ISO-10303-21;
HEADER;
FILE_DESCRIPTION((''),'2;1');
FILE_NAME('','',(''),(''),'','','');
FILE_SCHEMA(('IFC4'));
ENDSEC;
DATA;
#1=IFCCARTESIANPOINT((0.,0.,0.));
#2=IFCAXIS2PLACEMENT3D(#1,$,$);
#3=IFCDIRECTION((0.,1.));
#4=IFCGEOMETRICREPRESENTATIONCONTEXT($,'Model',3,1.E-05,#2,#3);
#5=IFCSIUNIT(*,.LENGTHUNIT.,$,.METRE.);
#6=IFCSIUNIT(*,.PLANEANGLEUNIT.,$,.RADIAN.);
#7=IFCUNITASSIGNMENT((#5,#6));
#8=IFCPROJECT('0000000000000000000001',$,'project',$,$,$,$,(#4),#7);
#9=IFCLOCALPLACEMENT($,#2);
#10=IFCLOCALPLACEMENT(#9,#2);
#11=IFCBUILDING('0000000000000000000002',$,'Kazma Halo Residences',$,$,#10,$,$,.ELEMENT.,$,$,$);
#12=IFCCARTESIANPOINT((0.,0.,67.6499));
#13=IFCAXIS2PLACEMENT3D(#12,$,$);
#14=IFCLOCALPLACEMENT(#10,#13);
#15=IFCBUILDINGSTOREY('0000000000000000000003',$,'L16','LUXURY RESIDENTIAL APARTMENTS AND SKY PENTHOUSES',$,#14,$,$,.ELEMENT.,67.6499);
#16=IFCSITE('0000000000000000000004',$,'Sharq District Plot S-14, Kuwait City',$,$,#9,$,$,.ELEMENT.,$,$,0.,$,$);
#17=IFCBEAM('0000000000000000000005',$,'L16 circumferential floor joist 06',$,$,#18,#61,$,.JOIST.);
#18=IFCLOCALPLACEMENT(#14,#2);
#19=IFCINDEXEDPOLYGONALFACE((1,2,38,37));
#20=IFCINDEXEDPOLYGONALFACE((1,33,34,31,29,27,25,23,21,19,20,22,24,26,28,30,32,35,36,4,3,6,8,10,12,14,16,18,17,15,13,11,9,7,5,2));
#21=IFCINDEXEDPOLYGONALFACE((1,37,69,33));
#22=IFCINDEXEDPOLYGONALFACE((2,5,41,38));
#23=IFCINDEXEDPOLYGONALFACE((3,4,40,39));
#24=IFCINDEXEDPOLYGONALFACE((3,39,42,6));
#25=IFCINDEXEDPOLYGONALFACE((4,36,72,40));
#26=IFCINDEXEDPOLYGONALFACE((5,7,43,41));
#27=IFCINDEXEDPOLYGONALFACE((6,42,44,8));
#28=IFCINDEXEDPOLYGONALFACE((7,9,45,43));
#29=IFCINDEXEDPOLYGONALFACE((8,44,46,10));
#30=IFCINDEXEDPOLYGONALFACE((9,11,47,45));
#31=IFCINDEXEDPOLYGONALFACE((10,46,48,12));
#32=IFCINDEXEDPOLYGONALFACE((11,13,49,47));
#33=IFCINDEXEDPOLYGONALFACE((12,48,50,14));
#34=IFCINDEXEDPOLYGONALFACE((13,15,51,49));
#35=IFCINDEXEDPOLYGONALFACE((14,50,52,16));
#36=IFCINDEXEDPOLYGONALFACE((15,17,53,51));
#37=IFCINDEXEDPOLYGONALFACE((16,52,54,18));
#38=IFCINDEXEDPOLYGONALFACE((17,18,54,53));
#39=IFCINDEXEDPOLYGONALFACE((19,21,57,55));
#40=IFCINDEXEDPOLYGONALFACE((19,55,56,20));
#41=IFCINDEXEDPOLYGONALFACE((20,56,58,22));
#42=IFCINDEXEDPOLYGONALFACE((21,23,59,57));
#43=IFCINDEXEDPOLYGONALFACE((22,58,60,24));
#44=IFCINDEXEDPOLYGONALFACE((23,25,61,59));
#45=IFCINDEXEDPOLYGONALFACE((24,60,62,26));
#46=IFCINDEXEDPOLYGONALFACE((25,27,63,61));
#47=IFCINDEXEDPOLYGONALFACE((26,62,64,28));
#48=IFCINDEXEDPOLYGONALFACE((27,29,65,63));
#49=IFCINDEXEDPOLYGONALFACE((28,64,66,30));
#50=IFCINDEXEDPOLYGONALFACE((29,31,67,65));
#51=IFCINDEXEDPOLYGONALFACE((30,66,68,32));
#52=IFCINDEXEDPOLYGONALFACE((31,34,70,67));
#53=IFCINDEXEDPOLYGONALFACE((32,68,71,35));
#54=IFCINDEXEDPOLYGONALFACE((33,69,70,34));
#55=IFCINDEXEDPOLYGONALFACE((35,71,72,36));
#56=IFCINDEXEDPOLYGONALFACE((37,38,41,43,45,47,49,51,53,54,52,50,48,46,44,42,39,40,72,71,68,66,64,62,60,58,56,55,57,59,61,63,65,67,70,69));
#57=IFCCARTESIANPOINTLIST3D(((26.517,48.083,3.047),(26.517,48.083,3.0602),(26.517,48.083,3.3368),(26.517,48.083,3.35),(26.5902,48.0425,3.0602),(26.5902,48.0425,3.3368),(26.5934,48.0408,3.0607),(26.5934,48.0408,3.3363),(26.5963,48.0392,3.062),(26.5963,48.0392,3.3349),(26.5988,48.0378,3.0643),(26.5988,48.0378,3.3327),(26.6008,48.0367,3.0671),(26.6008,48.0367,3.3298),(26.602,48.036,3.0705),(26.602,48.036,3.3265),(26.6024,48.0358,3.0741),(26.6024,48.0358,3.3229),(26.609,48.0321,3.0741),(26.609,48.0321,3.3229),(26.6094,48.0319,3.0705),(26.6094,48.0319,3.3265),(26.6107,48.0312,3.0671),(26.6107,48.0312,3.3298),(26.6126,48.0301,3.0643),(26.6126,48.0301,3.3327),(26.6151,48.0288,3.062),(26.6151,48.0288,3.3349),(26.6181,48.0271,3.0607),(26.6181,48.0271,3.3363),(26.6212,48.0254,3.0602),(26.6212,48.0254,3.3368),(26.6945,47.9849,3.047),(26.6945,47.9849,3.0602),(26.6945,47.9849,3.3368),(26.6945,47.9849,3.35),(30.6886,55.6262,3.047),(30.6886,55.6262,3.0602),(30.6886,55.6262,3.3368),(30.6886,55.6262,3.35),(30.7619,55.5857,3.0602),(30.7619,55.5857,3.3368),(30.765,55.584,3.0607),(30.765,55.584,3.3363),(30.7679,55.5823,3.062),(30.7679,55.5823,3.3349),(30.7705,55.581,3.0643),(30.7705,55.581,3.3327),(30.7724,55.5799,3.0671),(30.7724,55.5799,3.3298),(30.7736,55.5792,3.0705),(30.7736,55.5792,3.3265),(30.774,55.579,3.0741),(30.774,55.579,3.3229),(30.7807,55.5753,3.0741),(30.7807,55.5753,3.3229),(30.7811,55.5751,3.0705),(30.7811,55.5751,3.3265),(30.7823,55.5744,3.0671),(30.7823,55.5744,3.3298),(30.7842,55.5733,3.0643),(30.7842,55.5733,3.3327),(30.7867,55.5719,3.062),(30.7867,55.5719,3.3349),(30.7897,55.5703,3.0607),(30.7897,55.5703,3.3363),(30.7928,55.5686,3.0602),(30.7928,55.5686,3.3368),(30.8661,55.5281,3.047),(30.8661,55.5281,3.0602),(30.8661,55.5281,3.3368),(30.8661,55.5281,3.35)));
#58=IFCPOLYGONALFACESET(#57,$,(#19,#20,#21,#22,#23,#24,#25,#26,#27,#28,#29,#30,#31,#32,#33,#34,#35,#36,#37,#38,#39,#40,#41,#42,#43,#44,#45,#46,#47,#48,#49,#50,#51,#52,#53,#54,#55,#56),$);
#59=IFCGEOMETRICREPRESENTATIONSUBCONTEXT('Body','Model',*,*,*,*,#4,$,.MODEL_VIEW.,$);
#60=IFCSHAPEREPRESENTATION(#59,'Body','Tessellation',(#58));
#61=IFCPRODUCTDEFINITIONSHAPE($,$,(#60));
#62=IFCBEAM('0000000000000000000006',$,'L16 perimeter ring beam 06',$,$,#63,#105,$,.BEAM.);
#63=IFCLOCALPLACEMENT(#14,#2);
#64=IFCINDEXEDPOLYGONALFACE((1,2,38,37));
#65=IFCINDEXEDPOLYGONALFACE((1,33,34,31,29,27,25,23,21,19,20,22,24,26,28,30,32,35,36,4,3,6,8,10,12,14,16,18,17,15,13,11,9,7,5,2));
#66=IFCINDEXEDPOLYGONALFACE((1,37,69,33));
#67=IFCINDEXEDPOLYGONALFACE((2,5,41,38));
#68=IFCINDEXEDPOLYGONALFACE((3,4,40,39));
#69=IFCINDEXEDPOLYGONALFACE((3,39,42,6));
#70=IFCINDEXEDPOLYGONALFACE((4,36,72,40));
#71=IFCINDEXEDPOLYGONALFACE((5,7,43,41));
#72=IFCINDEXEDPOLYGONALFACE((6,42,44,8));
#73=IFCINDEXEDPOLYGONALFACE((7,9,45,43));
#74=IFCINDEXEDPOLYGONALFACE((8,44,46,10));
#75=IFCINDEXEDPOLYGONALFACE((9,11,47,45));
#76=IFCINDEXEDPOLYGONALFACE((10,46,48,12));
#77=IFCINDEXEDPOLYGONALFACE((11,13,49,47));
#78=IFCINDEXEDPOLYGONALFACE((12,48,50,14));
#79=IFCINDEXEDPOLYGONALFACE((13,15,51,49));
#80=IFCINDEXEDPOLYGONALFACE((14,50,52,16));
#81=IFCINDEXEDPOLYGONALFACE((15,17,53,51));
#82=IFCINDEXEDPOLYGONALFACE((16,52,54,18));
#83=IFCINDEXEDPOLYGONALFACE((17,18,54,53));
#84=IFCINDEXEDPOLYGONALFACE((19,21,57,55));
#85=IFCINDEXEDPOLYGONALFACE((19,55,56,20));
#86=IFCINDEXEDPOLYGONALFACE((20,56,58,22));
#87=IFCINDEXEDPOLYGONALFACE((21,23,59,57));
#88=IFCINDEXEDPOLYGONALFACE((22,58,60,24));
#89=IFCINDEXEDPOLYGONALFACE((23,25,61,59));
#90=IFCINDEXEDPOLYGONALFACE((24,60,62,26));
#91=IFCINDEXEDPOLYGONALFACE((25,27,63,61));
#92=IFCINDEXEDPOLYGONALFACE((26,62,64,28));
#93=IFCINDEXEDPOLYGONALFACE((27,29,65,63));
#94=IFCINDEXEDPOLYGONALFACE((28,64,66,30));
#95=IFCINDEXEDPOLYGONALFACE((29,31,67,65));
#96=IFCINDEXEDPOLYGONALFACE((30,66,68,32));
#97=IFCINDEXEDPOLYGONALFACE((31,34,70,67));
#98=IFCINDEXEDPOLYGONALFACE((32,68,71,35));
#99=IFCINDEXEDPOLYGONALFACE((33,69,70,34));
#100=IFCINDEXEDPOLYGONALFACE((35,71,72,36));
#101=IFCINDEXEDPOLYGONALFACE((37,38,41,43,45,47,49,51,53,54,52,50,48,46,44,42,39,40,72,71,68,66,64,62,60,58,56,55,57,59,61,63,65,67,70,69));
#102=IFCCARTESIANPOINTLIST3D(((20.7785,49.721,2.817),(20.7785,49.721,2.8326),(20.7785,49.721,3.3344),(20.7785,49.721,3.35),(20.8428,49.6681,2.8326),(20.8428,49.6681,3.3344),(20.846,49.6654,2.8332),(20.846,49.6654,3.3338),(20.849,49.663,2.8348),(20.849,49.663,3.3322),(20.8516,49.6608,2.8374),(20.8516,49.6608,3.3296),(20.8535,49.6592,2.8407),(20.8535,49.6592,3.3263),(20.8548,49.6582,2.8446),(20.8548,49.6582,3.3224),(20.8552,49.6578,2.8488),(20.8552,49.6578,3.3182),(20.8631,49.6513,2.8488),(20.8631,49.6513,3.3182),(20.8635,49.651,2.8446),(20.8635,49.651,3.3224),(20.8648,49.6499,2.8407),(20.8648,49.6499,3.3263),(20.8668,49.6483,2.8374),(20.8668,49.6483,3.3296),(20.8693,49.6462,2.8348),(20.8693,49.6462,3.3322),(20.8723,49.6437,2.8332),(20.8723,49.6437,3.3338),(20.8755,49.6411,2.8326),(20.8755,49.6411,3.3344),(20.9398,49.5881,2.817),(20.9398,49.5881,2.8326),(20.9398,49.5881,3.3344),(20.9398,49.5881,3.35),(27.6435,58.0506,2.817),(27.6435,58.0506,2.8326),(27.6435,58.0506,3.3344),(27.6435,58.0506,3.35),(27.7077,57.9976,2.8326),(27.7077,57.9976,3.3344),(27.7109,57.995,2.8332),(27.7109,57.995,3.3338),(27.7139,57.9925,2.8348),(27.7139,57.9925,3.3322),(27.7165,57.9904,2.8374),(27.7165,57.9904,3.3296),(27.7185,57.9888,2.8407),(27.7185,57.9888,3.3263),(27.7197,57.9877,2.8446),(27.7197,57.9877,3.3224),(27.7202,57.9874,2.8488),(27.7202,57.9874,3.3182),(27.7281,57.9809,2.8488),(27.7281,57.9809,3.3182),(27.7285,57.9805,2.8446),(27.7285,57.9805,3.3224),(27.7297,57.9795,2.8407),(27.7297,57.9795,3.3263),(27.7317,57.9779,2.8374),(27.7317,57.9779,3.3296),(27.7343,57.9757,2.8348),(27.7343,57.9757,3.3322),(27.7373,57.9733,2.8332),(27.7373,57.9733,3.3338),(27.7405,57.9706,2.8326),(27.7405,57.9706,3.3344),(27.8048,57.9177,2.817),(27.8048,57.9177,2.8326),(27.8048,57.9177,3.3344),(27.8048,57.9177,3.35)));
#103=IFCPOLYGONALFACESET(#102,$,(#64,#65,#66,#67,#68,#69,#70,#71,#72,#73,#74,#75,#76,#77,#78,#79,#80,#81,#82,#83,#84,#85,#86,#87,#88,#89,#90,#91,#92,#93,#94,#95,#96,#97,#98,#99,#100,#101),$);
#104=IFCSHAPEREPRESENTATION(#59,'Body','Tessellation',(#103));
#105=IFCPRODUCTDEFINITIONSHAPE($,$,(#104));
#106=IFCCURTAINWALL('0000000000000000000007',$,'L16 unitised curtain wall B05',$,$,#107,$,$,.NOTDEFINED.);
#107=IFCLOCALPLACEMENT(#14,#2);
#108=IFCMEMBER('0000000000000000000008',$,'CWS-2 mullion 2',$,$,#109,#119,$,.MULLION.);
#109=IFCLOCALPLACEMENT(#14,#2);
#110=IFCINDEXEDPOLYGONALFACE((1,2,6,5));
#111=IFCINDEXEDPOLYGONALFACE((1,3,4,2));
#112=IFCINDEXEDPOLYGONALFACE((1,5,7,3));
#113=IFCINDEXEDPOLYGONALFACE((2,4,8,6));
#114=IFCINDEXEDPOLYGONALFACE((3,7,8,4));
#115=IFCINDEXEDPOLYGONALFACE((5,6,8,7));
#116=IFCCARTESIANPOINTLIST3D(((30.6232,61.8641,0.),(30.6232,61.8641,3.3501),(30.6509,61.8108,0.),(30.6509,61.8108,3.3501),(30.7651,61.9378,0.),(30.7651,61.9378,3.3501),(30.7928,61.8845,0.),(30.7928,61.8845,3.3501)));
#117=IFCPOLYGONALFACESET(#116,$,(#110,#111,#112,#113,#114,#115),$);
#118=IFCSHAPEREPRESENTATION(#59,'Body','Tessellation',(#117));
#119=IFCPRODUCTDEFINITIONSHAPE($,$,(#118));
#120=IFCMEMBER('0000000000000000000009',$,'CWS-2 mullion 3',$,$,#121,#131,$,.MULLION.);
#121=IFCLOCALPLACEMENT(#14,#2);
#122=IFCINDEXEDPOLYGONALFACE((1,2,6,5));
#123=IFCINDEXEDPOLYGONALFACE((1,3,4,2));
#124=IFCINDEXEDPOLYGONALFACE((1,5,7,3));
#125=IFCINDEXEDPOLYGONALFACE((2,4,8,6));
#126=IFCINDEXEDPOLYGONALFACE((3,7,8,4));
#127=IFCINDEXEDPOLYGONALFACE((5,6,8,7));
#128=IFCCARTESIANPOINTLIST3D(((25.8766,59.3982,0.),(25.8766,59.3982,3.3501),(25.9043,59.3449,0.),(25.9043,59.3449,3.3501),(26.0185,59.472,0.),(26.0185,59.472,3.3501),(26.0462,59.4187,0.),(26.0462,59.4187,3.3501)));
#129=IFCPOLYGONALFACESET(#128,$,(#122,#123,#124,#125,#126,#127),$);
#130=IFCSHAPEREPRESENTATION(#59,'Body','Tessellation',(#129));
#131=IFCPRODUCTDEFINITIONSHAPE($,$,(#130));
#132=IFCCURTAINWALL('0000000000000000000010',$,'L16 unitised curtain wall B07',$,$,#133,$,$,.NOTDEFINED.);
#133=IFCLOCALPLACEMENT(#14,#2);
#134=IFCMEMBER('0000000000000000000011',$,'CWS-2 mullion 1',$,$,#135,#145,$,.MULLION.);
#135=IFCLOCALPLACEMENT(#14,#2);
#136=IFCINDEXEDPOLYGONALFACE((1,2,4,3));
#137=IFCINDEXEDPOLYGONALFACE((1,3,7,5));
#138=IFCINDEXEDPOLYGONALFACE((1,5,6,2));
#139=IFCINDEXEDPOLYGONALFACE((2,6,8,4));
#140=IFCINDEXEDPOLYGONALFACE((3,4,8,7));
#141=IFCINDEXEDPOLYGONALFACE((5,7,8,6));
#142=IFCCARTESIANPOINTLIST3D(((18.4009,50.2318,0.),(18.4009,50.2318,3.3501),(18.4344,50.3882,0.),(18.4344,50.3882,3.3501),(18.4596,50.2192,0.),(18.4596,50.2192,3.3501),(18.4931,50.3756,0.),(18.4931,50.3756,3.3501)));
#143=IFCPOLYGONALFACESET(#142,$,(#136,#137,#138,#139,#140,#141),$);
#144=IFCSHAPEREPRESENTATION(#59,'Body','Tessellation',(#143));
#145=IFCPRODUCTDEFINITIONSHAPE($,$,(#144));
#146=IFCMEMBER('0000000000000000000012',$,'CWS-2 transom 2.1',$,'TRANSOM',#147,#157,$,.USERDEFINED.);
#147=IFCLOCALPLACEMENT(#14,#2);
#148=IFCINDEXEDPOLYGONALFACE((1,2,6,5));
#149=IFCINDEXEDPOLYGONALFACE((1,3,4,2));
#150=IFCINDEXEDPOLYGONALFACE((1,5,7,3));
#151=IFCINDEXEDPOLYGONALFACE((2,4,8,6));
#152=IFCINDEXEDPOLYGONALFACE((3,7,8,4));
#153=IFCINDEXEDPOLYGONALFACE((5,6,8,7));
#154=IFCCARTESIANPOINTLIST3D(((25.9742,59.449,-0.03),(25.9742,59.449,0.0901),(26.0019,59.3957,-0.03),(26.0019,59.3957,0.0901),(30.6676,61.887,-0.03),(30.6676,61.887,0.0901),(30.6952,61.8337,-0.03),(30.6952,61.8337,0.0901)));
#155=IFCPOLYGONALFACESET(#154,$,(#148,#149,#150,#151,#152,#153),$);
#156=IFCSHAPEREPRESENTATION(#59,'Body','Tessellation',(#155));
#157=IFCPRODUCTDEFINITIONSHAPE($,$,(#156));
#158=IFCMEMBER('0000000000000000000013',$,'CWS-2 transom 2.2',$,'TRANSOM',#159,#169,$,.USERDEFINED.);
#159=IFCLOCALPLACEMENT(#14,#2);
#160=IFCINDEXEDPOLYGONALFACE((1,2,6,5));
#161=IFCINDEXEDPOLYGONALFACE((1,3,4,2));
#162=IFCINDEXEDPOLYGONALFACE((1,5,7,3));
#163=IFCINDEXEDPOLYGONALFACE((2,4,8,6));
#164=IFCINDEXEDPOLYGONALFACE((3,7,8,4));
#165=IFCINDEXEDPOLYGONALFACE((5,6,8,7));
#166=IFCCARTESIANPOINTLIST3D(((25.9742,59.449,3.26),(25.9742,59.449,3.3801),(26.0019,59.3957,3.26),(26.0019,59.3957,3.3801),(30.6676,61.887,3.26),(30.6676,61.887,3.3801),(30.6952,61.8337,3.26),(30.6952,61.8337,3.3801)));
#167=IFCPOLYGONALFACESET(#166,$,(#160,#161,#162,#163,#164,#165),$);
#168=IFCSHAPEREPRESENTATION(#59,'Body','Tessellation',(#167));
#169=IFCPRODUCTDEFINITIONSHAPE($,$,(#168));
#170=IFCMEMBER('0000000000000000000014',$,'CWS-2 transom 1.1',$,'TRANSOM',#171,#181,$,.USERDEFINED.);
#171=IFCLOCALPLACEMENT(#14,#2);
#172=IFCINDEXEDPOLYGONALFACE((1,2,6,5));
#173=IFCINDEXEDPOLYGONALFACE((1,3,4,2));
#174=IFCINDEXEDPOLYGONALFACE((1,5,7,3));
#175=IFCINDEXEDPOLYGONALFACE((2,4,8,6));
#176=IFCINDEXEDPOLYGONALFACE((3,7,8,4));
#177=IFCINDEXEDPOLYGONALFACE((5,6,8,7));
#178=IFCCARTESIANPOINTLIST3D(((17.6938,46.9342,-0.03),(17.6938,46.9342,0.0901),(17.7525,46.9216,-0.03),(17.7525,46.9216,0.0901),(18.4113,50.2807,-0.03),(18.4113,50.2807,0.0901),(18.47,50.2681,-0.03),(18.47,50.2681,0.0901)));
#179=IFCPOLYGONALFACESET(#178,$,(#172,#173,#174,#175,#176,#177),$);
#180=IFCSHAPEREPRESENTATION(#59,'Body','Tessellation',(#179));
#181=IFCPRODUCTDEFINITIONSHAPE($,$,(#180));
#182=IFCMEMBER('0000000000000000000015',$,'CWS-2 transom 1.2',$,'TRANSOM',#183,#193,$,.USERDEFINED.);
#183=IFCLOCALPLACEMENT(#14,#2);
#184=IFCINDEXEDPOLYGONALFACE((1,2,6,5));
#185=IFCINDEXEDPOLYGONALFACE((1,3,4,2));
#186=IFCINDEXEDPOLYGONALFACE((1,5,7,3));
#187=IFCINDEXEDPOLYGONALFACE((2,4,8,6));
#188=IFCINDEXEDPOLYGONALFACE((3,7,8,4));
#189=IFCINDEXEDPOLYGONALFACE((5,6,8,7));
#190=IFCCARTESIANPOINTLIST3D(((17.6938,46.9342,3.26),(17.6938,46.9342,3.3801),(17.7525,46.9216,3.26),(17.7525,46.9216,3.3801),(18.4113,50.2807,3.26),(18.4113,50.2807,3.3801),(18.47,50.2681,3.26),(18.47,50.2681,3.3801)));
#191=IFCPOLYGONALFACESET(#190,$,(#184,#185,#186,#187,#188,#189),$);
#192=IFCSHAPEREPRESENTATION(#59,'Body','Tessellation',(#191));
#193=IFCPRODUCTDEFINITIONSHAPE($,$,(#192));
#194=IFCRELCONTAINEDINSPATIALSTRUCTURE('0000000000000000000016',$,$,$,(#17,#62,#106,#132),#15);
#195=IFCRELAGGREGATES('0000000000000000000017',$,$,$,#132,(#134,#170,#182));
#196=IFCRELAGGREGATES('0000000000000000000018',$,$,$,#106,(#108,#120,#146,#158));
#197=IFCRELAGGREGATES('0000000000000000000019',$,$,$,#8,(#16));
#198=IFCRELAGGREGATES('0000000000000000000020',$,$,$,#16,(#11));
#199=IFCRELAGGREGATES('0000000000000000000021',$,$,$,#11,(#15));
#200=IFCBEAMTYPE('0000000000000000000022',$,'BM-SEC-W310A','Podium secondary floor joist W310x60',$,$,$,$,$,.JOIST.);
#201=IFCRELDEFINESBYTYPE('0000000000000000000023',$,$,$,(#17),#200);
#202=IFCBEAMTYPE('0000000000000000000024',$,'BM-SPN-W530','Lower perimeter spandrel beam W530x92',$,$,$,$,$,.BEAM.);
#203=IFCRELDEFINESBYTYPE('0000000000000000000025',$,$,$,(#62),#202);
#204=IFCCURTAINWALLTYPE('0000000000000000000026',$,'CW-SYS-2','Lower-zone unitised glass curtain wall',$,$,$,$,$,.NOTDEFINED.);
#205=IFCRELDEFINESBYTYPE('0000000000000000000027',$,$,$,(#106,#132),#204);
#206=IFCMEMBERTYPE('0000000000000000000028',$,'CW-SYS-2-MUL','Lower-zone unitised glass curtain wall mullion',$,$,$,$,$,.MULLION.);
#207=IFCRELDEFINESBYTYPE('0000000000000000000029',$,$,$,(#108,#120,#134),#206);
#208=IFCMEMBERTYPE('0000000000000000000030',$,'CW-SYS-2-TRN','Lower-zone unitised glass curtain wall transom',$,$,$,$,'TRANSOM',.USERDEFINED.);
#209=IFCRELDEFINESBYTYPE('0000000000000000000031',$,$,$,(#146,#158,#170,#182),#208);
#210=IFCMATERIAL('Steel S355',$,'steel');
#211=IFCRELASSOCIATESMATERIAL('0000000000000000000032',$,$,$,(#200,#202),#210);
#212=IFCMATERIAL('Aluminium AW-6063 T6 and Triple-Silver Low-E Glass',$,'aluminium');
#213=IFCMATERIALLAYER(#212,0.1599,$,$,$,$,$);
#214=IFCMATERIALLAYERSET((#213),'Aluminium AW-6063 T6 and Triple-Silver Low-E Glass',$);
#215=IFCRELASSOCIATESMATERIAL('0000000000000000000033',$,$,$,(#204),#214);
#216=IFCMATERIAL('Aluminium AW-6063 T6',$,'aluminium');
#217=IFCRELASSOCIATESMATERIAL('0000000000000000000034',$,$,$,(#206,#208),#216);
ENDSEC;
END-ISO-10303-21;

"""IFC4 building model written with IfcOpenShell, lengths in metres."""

from ifc_helpers import new_model, si_unit, direction, frame, origin, origin_2d, place, context, subcontext, project, spatial, rectangle, i_section, extrude, material, layer, layer_set, material_profile, profile_set, type_object, element, aggregate, save


model = new_model("IFC4")

# Units and contexts
model_context = context("Model", 3, precision=1e-05, world=origin(), true_north=direction((0.0, 1.0)))
body_context = subcontext(model_context, "Body", "Model", "MODEL_VIEW")
ifc_project = project(units=[si_unit("LENGTHUNIT", "METRE"), si_unit("PLANEANGLEUNIT", "RADIAN")], contexts=[model_context])

# Site, building, storey
site_placement = place(None, origin())
site = spatial("IfcSite", under=ifc_project, at=site_placement, Name="Sharq District Plot S-14, Kuwait City", CompositionType="ELEMENT", RefElevation=0.0)
building_placement = place(site_placement, origin())
building = spatial("IfcBuilding", under=site, at=building_placement, Name="Kazma Halo Residences", CompositionType="ELEMENT")
storey_placement = place(building_placement, frame((0.0, 0.0, 67.6499)))
storey = spatial("IfcBuildingStorey", under=building, at=storey_placement, Name="L16", Description="LUXURY RESIDENTIAL APARTMENTS AND SKY PENTHOUSES", CompositionType="ELEMENT", Elevation=67.6499)

# Beams
ifc_material_1 = material(Name="Steel S355", Category="steel")
ifc_material_profile_1 = material_profile(ifc_material_1, i_section(OverallWidth=0.2029, OverallDepth=0.303, WebThickness=0.0076, FlangeThickness=0.0132, FilletRadius=0.0139, at=origin_2d()), Name="W310x60")
ifc_profile_set_1 = profile_set([ifc_material_profile_1], Name="Steel S355")
beam_type_1 = type_object("IfcBeamType", Name="BM-SEC-W310A", Description="Podium secondary floor joist W310x60", PredefinedType="JOIST", material=ifc_profile_set_1)
beam_1_placement = place(storey_placement, frame((30.7773, 55.5771, 3.1985), z_axis=(-0.483954, -0.875094, 0.0), x_axis=(0.875094, -0.483954, 0.0)))
element("IfcBeam", 1, at=beam_1_placement, inside=storey, type_object=beam_type_1, Name="L16 circumferential floor joist 06", PredefinedType="JOIST", context=body_context, shape_type="SweptSolid", body=[
    extrude(i_section(OverallWidth=0.2029, OverallDepth=0.303, WebThickness=0.0076, FlangeThickness=0.0132, FilletRadius=0.0139, at=origin_2d()), origin(), (0.0, 0.0, 1.0), 8.6199),
])
ifc_material_profile_2 = material_profile(ifc_material_1, i_section(OverallWidth=0.209, OverallDepth=0.533, WebThickness=0.0103, FlangeThickness=0.0156, FilletRadius=0.0161, at=origin_2d()), Name="W530x92")
ifc_profile_set_2 = profile_set([ifc_material_profile_2], Name="Steel S355")
beam_type_2 = type_object("IfcBeamType", Name="BM-SPN-W530", Description="Lower perimeter spandrel beam W530x92", PredefinedType="BEAM", material=ifc_profile_set_2)
beam_2_placement = place(storey_placement, frame((27.7241, 57.9841, 3.0835), z_axis=(-0.636001, -0.771688, 0.0), x_axis=(0.771688, -0.636001, 0.0)))
element("IfcBeam", 2, at=beam_2_placement, inside=storey, type_object=beam_type_2, Name="L16 perimeter ring beam 06", PredefinedType="BEAM", context=body_context, shape_type="SweptSolid", body=[
    extrude(i_section(OverallWidth=0.209, OverallDepth=0.533, WebThickness=0.0103, FlangeThickness=0.0156, FilletRadius=0.0161, at=origin_2d()), origin(), (0.0, 0.0, 1.0), 10.7939),
])

# Curtain wall, members
ifc_material_2 = material(Name="Aluminium AW-6063 T6 and Triple-Silver Low-E Glass", Category="aluminium")
ifc_layer_1 = layer(ifc_material_2, 0.1599)
ifc_layer_set_1 = layer_set([ifc_layer_1], Name="Aluminium AW-6063 T6 and Triple-Silver Low-E Glass")
curtain_wall_type = type_object("IfcCurtainWallType", Name="CW-SYS-2", Description="Lower-zone unitised glass curtain wall", PredefinedType="NOTDEFINED", material=ifc_layer_set_1)
curtain_wall_1_placement = place(storey_placement, origin())
curtain_wall_1 = element("IfcCurtainWall", 3, at=curtain_wall_1_placement, inside=storey, type_object=curtain_wall_type, Name="L16 unitised curtain wall B05", PredefinedType="NOTDEFINED")
ifc_material_3 = material(Name="Aluminium AW-6063 T6", Category="aluminium")
ifc_material_profile_3 = material_profile(ifc_material_3, rectangle(XDim=0.0601, YDim=0.1599, at=origin_2d()), Name="CWM-60x160")
ifc_profile_set_3 = profile_set([ifc_material_profile_3], Name="Aluminium AW-6063 T6")
member_type_1 = type_object("IfcMemberType", Name="CW-SYS-2-MUL", Description="Lower-zone unitised glass curtain wall mullion", PredefinedType="MULLION", material=ifc_profile_set_3)
member_1_placement = place(storey_placement, frame((30.708, 61.8743, 0.0), z_axis=(0.0, 0.0, 1.0), x_axis=(0.460996, -0.887402, 0.0)))
member_1 = element("IfcMember", 4, at=member_1_placement, type_object=member_type_1, Name="CWS-2 mullion 2", PredefinedType="MULLION", context=body_context, shape_type="SweptSolid", body=[
    extrude(rectangle(XDim=0.0601, YDim=0.1599, at=origin_2d()), origin(), (0.0, 0.0, 1.0), 3.3501),
])
member_2_placement = place(storey_placement, frame((25.9614, 59.4084, 0.0), z_axis=(0.0, 0.0, 1.0), x_axis=(0.460996, -0.887402, 0.0)))
member_2 = element("IfcMember", 5, at=member_2_placement, type_object=member_type_1, Name="CWS-2 mullion 3", PredefinedType="MULLION", context=body_context, shape_type="SweptSolid", body=[
    extrude(rectangle(XDim=0.0601, YDim=0.1599, at=origin_2d()), origin(), (0.0, 0.0, 1.0), 3.3501),
])

# Curtain wall, member
curtain_wall_2_placement = place(storey_placement, origin())
curtain_wall_2 = element("IfcCurtainWall", 6, at=curtain_wall_2_placement, inside=storey, type_object=curtain_wall_type, Name="L16 unitised curtain wall B07", PredefinedType="NOTDEFINED")
member_3_placement = place(storey_placement, frame((18.447, 50.3037, 0.0), z_axis=(0.0, 0.0, 1.0), x_axis=(0.977779, -0.209637, 0.0)))
member_3 = element("IfcMember", 7, at=member_3_placement, type_object=member_type_1, Name="CWS-2 mullion 1", PredefinedType="MULLION", context=body_context, shape_type="SweptSolid", body=[
    extrude(rectangle(XDim=0.0601, YDim=0.1599, at=origin_2d()), origin(), (0.0, 0.0, 1.0), 3.3501),
])

# Members
ifc_material_profile_4 = material_profile(ifc_material_3, rectangle(XDim=0.0601, YDim=0.1201, at=origin_2d()), Name="CWT-60x120")
ifc_profile_set_4 = profile_set([ifc_material_profile_4], Name="Aluminium AW-6063 T6")
member_type_2 = type_object("IfcMemberType", Name="CW-SYS-2-TRN", Description="Lower-zone unitised glass curtain wall transom", ElementType="TRANSOM", PredefinedType="USERDEFINED", material=ifc_profile_set_4)
member_4_placement = place(storey_placement, frame((30.6814, 61.8604, 0.03), z_axis=(-0.887415, -0.460972, 0.0), x_axis=(0.460972, -0.887415, 0.0)))
member_4 = element("IfcMember", 8, at=member_4_placement, type_object=member_type_2, Name="CWS-2 transom 2.1", ObjectType="TRANSOM", PredefinedType="USERDEFINED", context=body_context, shape_type="SweptSolid", body=[
    extrude(rectangle(XDim=0.0601, YDim=0.1201, at=origin_2d()), origin(), (0.0, 0.0, 1.0), 5.2888),
])
member_5_placement = place(storey_placement, frame((30.6814, 61.8604, 3.3201), z_axis=(-0.887415, -0.460972, 0.0), x_axis=(0.460972, -0.887415, 0.0)))
member_5 = element("IfcMember", 9, at=member_5_placement, type_object=member_type_2, Name="CWS-2 transom 2.2", ObjectType="TRANSOM", PredefinedType="USERDEFINED", context=body_context, shape_type="SweptSolid", body=[
    extrude(rectangle(XDim=0.0601, YDim=0.1201, at=origin_2d()), origin(), (0.0, 0.0, 1.0), 5.2888),
])
member_6_placement = place(storey_placement, frame((18.4407, 50.2744, 0.03), z_axis=(-0.209651, -0.977776, 0.0), x_axis=(0.977776, -0.209651, 0.0)))
member_6 = element("IfcMember", 10, at=member_6_placement, type_object=member_type_2, Name="CWS-2 transom 1.1", ObjectType="TRANSOM", PredefinedType="USERDEFINED", context=body_context, shape_type="SweptSolid", body=[
    extrude(rectangle(XDim=0.0601, YDim=0.1201, at=origin_2d()), origin(), (0.0, 0.0, 1.0), 3.4226),
])
member_7_placement = place(storey_placement, frame((18.4407, 50.2744, 3.3201), z_axis=(-0.209651, -0.977776, 0.0), x_axis=(0.977776, -0.209651, 0.0)))
member_7 = element("IfcMember", 11, at=member_7_placement, type_object=member_type_2, Name="CWS-2 transom 1.2", ObjectType="TRANSOM", PredefinedType="USERDEFINED", context=body_context, shape_type="SweptSolid", body=[
    extrude(rectangle(XDim=0.0601, YDim=0.1201, at=origin_2d()), origin(), (0.0, 0.0, 1.0), 3.4226),
])
aggregate(curtain_wall_2, [member_3, member_6, member_7])

aggregate(curtain_wall_1, [member_1, member_2, member_4, member_5])

save(model, "model.ifc")
